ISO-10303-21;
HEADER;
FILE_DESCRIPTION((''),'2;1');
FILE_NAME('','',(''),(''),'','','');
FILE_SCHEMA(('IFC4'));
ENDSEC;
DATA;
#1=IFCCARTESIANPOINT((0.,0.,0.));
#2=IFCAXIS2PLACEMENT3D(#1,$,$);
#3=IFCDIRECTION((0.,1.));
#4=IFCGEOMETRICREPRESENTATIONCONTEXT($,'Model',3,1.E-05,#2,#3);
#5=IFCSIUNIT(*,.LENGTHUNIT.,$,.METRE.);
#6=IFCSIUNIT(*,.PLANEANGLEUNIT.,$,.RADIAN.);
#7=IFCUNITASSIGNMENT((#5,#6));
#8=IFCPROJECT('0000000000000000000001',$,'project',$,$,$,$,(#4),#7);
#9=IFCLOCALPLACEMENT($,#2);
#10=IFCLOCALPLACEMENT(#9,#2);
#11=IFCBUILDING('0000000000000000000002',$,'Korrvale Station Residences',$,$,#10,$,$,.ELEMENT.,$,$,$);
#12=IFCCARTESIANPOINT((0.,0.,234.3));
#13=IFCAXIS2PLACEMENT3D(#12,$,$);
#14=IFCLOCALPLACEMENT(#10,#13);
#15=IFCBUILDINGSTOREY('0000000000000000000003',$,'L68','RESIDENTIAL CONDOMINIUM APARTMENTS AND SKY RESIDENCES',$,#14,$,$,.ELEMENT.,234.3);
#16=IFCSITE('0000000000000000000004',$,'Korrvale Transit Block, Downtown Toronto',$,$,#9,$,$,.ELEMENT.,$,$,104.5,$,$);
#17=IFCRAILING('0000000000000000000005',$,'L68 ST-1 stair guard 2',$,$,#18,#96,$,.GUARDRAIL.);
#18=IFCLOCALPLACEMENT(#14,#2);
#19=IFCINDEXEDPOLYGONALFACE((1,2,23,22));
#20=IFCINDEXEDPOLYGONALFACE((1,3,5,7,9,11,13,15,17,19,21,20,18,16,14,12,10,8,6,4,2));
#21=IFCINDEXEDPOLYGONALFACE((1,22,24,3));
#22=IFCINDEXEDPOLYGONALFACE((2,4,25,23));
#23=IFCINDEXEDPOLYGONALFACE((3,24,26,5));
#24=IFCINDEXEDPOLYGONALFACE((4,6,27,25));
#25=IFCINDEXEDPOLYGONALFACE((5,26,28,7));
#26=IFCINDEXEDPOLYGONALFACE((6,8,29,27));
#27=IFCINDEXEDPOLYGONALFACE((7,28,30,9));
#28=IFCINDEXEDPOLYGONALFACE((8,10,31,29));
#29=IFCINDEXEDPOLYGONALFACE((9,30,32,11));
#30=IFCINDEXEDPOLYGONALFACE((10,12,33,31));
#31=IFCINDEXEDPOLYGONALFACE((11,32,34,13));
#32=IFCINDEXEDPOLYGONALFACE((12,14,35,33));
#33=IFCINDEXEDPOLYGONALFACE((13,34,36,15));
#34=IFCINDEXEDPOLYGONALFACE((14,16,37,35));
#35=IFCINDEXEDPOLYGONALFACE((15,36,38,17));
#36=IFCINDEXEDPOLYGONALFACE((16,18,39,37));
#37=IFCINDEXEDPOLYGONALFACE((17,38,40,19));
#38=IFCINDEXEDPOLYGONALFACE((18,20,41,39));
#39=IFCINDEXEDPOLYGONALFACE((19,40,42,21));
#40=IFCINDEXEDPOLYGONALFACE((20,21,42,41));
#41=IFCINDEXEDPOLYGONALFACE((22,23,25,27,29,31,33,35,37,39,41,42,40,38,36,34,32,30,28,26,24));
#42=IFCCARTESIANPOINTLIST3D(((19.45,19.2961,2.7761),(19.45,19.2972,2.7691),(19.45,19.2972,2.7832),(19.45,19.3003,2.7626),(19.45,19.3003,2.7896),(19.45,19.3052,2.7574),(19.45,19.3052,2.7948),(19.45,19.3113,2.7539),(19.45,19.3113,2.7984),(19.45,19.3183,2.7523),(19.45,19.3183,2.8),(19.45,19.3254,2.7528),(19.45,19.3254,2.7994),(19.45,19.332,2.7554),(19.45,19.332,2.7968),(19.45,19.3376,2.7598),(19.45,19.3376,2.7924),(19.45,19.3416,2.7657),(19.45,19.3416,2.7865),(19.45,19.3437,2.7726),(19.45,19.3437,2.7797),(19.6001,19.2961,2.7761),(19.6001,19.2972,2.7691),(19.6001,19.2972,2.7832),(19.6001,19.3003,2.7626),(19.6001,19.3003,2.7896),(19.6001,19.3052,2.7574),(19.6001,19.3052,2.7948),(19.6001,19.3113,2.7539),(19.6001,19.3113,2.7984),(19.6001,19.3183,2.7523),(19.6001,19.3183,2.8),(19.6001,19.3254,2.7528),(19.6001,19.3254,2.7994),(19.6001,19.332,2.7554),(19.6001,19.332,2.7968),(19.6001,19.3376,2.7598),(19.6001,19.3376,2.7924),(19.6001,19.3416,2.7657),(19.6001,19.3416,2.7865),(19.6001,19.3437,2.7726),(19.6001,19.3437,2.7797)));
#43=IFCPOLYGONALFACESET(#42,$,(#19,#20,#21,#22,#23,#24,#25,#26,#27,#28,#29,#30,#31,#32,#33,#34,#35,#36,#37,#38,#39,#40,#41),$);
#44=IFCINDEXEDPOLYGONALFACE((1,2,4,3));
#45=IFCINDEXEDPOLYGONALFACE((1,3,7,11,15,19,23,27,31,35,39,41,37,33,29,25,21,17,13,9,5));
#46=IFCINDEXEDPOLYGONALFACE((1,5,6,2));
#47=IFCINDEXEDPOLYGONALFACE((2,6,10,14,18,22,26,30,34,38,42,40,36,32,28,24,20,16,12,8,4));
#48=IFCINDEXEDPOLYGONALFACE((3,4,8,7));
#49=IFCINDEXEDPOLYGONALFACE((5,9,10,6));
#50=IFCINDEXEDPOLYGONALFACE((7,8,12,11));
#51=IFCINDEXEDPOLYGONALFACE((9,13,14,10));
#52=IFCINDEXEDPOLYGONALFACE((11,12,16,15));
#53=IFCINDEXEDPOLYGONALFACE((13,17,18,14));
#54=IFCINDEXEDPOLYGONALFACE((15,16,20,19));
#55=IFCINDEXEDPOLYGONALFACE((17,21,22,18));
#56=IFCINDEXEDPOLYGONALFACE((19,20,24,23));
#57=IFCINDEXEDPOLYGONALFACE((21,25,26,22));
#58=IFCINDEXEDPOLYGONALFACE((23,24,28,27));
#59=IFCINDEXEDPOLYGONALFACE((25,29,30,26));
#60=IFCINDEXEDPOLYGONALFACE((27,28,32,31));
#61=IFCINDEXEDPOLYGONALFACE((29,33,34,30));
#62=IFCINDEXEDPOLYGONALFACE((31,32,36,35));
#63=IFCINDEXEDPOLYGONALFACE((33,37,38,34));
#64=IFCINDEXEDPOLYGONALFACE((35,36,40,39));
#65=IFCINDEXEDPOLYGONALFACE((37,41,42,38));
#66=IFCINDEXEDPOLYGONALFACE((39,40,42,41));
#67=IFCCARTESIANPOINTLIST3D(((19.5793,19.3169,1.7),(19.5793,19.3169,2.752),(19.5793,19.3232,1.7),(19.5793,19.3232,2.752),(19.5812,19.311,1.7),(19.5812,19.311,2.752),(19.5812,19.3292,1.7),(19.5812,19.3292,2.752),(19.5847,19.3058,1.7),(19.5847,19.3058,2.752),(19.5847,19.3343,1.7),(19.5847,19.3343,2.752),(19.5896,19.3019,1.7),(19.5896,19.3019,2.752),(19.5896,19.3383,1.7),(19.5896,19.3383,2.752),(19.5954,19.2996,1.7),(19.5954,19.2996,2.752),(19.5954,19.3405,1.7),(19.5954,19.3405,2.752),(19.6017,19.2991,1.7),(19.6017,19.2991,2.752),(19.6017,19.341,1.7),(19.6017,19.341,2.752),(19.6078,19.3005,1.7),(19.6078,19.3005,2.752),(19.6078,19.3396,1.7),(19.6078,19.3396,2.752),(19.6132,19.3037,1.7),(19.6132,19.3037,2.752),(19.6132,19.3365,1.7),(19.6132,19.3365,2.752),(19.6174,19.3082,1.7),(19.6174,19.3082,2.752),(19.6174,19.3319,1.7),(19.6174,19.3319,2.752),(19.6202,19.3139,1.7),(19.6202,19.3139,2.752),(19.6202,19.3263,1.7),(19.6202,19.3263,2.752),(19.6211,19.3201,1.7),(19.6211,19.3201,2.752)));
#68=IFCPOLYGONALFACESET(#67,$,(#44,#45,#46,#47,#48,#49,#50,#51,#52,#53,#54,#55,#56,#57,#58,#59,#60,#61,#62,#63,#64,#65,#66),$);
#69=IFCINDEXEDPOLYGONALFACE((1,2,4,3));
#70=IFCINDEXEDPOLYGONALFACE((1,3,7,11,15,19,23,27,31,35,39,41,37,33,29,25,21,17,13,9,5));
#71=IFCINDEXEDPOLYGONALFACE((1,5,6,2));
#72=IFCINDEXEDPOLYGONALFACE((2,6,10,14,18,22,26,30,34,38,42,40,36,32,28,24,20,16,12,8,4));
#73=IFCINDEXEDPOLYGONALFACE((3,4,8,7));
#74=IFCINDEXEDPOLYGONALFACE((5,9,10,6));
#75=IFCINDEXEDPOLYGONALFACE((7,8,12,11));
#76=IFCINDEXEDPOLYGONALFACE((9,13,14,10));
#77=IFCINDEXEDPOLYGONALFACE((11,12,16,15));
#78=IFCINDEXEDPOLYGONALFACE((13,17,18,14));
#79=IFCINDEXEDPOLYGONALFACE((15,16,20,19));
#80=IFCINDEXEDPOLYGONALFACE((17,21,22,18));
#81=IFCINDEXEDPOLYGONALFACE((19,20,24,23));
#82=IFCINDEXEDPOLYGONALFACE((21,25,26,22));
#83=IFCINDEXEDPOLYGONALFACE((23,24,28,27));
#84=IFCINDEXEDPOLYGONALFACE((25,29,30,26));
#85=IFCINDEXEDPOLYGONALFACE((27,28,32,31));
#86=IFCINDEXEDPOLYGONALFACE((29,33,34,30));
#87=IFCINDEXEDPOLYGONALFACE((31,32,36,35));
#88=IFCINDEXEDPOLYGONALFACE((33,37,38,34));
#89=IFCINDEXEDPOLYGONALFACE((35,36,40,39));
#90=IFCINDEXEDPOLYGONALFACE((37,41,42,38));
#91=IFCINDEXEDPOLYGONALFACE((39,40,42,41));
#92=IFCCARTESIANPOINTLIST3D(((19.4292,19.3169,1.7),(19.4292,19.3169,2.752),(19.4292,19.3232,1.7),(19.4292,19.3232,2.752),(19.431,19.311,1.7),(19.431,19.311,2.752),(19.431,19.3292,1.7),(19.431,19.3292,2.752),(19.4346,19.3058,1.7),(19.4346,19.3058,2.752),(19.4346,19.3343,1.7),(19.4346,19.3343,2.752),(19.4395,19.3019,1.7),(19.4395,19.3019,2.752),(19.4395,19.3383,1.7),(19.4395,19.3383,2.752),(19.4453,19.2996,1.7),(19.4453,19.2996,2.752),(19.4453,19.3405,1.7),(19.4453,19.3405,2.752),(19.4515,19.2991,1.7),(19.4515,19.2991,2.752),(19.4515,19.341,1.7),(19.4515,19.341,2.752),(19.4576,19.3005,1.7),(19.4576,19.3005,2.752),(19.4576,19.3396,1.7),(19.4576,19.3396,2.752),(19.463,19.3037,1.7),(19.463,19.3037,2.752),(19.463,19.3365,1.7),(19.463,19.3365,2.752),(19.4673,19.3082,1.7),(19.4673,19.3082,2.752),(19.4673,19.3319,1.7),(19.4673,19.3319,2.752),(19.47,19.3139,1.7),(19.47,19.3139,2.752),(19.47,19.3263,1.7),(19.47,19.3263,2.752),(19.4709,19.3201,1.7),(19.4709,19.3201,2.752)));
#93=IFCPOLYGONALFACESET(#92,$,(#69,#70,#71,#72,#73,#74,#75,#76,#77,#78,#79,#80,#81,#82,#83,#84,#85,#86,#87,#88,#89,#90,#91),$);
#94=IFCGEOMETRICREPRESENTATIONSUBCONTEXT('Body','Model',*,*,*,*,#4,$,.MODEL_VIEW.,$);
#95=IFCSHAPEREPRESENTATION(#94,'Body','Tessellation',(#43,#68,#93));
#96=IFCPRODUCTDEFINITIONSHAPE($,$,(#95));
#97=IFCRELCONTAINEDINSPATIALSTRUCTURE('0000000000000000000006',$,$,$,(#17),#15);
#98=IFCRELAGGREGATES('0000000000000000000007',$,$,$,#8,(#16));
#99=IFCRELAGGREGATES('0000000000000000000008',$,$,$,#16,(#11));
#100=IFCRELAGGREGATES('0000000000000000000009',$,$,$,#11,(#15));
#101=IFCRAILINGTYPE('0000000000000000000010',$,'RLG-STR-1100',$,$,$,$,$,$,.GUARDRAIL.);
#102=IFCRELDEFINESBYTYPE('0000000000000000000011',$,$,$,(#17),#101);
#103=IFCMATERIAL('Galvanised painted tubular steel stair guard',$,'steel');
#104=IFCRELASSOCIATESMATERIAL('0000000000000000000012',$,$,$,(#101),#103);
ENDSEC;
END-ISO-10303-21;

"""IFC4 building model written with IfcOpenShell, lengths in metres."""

from ifc_helpers import new_model, si_unit, direction, frame, origin, origin_2d, place, context, subcontext, project, spatial, circle, extrude, material, type_object, element, save


model = new_model("IFC4")

# Units and contexts
model_context = context("Model", 3, precision=1e-05, world=origin(), true_north=direction((0.0, 1.0)))
body_context = subcontext(model_context, "Body", "Model", "MODEL_VIEW")
ifc_project = project(units=[si_unit("LENGTHUNIT", "METRE"), si_unit("PLANEANGLEUNIT", "RADIAN")], contexts=[model_context])

# Site, building, storey
site_placement = place(None, origin())
site = spatial("IfcSite", under=ifc_project, at=site_placement, Name="Korrvale Transit Block, Downtown Toronto", CompositionType="ELEMENT", RefElevation=104.5)
building_placement = place(site_placement, origin())
building = spatial("IfcBuilding", under=site, at=building_placement, Name="Korrvale Station Residences", CompositionType="ELEMENT")
storey_placement = place(building_placement, frame((0.0, 0.0, 234.3)))
storey = spatial("IfcBuildingStorey", under=building, at=storey_placement, Name="L68", Description="RESIDENTIAL CONDOMINIUM APARTMENTS AND SKY RESIDENCES", CompositionType="ELEMENT", Elevation=234.3)

# Railing
ifc_material_1 = material(Name="Galvanised painted tubular steel stair guard", Category="steel")
railing_type_1 = type_object("IfcRailingType", Name="RLG-STR-1100", PredefinedType="GUARDRAIL", material=ifc_material_1)
railing_1_placement = place(storey_placement, frame((19.6001, 19.3201, 1.7)))
element("IfcRailing", 1, at=railing_1_placement, inside=storey, type_object=railing_type_1, Name="L68 ST-1 stair guard 2", PredefinedType="GUARDRAIL", context=body_context, shape_type="SweptSolid", body=[
    extrude(circle(Radius=0.0239, at=origin_2d()), frame((0.0, 0.0, 1.0762), z_axis=(-1.0, 0.0, 0.0), x_axis=(0.0, -1.0, 0.0)), (0.0, 0.0, 1.0), 0.1501),
    extrude(circle(Radius=0.021, at=origin_2d()), origin(), (0.0, 0.0, 1.0), 1.052),
    extrude(circle(Radius=0.021, at=origin_2d()), frame((-0.1501, 0.0, 0.0)), (0.0, 0.0, 1.0), 1.052),
])

save(model, "model.ifc")
